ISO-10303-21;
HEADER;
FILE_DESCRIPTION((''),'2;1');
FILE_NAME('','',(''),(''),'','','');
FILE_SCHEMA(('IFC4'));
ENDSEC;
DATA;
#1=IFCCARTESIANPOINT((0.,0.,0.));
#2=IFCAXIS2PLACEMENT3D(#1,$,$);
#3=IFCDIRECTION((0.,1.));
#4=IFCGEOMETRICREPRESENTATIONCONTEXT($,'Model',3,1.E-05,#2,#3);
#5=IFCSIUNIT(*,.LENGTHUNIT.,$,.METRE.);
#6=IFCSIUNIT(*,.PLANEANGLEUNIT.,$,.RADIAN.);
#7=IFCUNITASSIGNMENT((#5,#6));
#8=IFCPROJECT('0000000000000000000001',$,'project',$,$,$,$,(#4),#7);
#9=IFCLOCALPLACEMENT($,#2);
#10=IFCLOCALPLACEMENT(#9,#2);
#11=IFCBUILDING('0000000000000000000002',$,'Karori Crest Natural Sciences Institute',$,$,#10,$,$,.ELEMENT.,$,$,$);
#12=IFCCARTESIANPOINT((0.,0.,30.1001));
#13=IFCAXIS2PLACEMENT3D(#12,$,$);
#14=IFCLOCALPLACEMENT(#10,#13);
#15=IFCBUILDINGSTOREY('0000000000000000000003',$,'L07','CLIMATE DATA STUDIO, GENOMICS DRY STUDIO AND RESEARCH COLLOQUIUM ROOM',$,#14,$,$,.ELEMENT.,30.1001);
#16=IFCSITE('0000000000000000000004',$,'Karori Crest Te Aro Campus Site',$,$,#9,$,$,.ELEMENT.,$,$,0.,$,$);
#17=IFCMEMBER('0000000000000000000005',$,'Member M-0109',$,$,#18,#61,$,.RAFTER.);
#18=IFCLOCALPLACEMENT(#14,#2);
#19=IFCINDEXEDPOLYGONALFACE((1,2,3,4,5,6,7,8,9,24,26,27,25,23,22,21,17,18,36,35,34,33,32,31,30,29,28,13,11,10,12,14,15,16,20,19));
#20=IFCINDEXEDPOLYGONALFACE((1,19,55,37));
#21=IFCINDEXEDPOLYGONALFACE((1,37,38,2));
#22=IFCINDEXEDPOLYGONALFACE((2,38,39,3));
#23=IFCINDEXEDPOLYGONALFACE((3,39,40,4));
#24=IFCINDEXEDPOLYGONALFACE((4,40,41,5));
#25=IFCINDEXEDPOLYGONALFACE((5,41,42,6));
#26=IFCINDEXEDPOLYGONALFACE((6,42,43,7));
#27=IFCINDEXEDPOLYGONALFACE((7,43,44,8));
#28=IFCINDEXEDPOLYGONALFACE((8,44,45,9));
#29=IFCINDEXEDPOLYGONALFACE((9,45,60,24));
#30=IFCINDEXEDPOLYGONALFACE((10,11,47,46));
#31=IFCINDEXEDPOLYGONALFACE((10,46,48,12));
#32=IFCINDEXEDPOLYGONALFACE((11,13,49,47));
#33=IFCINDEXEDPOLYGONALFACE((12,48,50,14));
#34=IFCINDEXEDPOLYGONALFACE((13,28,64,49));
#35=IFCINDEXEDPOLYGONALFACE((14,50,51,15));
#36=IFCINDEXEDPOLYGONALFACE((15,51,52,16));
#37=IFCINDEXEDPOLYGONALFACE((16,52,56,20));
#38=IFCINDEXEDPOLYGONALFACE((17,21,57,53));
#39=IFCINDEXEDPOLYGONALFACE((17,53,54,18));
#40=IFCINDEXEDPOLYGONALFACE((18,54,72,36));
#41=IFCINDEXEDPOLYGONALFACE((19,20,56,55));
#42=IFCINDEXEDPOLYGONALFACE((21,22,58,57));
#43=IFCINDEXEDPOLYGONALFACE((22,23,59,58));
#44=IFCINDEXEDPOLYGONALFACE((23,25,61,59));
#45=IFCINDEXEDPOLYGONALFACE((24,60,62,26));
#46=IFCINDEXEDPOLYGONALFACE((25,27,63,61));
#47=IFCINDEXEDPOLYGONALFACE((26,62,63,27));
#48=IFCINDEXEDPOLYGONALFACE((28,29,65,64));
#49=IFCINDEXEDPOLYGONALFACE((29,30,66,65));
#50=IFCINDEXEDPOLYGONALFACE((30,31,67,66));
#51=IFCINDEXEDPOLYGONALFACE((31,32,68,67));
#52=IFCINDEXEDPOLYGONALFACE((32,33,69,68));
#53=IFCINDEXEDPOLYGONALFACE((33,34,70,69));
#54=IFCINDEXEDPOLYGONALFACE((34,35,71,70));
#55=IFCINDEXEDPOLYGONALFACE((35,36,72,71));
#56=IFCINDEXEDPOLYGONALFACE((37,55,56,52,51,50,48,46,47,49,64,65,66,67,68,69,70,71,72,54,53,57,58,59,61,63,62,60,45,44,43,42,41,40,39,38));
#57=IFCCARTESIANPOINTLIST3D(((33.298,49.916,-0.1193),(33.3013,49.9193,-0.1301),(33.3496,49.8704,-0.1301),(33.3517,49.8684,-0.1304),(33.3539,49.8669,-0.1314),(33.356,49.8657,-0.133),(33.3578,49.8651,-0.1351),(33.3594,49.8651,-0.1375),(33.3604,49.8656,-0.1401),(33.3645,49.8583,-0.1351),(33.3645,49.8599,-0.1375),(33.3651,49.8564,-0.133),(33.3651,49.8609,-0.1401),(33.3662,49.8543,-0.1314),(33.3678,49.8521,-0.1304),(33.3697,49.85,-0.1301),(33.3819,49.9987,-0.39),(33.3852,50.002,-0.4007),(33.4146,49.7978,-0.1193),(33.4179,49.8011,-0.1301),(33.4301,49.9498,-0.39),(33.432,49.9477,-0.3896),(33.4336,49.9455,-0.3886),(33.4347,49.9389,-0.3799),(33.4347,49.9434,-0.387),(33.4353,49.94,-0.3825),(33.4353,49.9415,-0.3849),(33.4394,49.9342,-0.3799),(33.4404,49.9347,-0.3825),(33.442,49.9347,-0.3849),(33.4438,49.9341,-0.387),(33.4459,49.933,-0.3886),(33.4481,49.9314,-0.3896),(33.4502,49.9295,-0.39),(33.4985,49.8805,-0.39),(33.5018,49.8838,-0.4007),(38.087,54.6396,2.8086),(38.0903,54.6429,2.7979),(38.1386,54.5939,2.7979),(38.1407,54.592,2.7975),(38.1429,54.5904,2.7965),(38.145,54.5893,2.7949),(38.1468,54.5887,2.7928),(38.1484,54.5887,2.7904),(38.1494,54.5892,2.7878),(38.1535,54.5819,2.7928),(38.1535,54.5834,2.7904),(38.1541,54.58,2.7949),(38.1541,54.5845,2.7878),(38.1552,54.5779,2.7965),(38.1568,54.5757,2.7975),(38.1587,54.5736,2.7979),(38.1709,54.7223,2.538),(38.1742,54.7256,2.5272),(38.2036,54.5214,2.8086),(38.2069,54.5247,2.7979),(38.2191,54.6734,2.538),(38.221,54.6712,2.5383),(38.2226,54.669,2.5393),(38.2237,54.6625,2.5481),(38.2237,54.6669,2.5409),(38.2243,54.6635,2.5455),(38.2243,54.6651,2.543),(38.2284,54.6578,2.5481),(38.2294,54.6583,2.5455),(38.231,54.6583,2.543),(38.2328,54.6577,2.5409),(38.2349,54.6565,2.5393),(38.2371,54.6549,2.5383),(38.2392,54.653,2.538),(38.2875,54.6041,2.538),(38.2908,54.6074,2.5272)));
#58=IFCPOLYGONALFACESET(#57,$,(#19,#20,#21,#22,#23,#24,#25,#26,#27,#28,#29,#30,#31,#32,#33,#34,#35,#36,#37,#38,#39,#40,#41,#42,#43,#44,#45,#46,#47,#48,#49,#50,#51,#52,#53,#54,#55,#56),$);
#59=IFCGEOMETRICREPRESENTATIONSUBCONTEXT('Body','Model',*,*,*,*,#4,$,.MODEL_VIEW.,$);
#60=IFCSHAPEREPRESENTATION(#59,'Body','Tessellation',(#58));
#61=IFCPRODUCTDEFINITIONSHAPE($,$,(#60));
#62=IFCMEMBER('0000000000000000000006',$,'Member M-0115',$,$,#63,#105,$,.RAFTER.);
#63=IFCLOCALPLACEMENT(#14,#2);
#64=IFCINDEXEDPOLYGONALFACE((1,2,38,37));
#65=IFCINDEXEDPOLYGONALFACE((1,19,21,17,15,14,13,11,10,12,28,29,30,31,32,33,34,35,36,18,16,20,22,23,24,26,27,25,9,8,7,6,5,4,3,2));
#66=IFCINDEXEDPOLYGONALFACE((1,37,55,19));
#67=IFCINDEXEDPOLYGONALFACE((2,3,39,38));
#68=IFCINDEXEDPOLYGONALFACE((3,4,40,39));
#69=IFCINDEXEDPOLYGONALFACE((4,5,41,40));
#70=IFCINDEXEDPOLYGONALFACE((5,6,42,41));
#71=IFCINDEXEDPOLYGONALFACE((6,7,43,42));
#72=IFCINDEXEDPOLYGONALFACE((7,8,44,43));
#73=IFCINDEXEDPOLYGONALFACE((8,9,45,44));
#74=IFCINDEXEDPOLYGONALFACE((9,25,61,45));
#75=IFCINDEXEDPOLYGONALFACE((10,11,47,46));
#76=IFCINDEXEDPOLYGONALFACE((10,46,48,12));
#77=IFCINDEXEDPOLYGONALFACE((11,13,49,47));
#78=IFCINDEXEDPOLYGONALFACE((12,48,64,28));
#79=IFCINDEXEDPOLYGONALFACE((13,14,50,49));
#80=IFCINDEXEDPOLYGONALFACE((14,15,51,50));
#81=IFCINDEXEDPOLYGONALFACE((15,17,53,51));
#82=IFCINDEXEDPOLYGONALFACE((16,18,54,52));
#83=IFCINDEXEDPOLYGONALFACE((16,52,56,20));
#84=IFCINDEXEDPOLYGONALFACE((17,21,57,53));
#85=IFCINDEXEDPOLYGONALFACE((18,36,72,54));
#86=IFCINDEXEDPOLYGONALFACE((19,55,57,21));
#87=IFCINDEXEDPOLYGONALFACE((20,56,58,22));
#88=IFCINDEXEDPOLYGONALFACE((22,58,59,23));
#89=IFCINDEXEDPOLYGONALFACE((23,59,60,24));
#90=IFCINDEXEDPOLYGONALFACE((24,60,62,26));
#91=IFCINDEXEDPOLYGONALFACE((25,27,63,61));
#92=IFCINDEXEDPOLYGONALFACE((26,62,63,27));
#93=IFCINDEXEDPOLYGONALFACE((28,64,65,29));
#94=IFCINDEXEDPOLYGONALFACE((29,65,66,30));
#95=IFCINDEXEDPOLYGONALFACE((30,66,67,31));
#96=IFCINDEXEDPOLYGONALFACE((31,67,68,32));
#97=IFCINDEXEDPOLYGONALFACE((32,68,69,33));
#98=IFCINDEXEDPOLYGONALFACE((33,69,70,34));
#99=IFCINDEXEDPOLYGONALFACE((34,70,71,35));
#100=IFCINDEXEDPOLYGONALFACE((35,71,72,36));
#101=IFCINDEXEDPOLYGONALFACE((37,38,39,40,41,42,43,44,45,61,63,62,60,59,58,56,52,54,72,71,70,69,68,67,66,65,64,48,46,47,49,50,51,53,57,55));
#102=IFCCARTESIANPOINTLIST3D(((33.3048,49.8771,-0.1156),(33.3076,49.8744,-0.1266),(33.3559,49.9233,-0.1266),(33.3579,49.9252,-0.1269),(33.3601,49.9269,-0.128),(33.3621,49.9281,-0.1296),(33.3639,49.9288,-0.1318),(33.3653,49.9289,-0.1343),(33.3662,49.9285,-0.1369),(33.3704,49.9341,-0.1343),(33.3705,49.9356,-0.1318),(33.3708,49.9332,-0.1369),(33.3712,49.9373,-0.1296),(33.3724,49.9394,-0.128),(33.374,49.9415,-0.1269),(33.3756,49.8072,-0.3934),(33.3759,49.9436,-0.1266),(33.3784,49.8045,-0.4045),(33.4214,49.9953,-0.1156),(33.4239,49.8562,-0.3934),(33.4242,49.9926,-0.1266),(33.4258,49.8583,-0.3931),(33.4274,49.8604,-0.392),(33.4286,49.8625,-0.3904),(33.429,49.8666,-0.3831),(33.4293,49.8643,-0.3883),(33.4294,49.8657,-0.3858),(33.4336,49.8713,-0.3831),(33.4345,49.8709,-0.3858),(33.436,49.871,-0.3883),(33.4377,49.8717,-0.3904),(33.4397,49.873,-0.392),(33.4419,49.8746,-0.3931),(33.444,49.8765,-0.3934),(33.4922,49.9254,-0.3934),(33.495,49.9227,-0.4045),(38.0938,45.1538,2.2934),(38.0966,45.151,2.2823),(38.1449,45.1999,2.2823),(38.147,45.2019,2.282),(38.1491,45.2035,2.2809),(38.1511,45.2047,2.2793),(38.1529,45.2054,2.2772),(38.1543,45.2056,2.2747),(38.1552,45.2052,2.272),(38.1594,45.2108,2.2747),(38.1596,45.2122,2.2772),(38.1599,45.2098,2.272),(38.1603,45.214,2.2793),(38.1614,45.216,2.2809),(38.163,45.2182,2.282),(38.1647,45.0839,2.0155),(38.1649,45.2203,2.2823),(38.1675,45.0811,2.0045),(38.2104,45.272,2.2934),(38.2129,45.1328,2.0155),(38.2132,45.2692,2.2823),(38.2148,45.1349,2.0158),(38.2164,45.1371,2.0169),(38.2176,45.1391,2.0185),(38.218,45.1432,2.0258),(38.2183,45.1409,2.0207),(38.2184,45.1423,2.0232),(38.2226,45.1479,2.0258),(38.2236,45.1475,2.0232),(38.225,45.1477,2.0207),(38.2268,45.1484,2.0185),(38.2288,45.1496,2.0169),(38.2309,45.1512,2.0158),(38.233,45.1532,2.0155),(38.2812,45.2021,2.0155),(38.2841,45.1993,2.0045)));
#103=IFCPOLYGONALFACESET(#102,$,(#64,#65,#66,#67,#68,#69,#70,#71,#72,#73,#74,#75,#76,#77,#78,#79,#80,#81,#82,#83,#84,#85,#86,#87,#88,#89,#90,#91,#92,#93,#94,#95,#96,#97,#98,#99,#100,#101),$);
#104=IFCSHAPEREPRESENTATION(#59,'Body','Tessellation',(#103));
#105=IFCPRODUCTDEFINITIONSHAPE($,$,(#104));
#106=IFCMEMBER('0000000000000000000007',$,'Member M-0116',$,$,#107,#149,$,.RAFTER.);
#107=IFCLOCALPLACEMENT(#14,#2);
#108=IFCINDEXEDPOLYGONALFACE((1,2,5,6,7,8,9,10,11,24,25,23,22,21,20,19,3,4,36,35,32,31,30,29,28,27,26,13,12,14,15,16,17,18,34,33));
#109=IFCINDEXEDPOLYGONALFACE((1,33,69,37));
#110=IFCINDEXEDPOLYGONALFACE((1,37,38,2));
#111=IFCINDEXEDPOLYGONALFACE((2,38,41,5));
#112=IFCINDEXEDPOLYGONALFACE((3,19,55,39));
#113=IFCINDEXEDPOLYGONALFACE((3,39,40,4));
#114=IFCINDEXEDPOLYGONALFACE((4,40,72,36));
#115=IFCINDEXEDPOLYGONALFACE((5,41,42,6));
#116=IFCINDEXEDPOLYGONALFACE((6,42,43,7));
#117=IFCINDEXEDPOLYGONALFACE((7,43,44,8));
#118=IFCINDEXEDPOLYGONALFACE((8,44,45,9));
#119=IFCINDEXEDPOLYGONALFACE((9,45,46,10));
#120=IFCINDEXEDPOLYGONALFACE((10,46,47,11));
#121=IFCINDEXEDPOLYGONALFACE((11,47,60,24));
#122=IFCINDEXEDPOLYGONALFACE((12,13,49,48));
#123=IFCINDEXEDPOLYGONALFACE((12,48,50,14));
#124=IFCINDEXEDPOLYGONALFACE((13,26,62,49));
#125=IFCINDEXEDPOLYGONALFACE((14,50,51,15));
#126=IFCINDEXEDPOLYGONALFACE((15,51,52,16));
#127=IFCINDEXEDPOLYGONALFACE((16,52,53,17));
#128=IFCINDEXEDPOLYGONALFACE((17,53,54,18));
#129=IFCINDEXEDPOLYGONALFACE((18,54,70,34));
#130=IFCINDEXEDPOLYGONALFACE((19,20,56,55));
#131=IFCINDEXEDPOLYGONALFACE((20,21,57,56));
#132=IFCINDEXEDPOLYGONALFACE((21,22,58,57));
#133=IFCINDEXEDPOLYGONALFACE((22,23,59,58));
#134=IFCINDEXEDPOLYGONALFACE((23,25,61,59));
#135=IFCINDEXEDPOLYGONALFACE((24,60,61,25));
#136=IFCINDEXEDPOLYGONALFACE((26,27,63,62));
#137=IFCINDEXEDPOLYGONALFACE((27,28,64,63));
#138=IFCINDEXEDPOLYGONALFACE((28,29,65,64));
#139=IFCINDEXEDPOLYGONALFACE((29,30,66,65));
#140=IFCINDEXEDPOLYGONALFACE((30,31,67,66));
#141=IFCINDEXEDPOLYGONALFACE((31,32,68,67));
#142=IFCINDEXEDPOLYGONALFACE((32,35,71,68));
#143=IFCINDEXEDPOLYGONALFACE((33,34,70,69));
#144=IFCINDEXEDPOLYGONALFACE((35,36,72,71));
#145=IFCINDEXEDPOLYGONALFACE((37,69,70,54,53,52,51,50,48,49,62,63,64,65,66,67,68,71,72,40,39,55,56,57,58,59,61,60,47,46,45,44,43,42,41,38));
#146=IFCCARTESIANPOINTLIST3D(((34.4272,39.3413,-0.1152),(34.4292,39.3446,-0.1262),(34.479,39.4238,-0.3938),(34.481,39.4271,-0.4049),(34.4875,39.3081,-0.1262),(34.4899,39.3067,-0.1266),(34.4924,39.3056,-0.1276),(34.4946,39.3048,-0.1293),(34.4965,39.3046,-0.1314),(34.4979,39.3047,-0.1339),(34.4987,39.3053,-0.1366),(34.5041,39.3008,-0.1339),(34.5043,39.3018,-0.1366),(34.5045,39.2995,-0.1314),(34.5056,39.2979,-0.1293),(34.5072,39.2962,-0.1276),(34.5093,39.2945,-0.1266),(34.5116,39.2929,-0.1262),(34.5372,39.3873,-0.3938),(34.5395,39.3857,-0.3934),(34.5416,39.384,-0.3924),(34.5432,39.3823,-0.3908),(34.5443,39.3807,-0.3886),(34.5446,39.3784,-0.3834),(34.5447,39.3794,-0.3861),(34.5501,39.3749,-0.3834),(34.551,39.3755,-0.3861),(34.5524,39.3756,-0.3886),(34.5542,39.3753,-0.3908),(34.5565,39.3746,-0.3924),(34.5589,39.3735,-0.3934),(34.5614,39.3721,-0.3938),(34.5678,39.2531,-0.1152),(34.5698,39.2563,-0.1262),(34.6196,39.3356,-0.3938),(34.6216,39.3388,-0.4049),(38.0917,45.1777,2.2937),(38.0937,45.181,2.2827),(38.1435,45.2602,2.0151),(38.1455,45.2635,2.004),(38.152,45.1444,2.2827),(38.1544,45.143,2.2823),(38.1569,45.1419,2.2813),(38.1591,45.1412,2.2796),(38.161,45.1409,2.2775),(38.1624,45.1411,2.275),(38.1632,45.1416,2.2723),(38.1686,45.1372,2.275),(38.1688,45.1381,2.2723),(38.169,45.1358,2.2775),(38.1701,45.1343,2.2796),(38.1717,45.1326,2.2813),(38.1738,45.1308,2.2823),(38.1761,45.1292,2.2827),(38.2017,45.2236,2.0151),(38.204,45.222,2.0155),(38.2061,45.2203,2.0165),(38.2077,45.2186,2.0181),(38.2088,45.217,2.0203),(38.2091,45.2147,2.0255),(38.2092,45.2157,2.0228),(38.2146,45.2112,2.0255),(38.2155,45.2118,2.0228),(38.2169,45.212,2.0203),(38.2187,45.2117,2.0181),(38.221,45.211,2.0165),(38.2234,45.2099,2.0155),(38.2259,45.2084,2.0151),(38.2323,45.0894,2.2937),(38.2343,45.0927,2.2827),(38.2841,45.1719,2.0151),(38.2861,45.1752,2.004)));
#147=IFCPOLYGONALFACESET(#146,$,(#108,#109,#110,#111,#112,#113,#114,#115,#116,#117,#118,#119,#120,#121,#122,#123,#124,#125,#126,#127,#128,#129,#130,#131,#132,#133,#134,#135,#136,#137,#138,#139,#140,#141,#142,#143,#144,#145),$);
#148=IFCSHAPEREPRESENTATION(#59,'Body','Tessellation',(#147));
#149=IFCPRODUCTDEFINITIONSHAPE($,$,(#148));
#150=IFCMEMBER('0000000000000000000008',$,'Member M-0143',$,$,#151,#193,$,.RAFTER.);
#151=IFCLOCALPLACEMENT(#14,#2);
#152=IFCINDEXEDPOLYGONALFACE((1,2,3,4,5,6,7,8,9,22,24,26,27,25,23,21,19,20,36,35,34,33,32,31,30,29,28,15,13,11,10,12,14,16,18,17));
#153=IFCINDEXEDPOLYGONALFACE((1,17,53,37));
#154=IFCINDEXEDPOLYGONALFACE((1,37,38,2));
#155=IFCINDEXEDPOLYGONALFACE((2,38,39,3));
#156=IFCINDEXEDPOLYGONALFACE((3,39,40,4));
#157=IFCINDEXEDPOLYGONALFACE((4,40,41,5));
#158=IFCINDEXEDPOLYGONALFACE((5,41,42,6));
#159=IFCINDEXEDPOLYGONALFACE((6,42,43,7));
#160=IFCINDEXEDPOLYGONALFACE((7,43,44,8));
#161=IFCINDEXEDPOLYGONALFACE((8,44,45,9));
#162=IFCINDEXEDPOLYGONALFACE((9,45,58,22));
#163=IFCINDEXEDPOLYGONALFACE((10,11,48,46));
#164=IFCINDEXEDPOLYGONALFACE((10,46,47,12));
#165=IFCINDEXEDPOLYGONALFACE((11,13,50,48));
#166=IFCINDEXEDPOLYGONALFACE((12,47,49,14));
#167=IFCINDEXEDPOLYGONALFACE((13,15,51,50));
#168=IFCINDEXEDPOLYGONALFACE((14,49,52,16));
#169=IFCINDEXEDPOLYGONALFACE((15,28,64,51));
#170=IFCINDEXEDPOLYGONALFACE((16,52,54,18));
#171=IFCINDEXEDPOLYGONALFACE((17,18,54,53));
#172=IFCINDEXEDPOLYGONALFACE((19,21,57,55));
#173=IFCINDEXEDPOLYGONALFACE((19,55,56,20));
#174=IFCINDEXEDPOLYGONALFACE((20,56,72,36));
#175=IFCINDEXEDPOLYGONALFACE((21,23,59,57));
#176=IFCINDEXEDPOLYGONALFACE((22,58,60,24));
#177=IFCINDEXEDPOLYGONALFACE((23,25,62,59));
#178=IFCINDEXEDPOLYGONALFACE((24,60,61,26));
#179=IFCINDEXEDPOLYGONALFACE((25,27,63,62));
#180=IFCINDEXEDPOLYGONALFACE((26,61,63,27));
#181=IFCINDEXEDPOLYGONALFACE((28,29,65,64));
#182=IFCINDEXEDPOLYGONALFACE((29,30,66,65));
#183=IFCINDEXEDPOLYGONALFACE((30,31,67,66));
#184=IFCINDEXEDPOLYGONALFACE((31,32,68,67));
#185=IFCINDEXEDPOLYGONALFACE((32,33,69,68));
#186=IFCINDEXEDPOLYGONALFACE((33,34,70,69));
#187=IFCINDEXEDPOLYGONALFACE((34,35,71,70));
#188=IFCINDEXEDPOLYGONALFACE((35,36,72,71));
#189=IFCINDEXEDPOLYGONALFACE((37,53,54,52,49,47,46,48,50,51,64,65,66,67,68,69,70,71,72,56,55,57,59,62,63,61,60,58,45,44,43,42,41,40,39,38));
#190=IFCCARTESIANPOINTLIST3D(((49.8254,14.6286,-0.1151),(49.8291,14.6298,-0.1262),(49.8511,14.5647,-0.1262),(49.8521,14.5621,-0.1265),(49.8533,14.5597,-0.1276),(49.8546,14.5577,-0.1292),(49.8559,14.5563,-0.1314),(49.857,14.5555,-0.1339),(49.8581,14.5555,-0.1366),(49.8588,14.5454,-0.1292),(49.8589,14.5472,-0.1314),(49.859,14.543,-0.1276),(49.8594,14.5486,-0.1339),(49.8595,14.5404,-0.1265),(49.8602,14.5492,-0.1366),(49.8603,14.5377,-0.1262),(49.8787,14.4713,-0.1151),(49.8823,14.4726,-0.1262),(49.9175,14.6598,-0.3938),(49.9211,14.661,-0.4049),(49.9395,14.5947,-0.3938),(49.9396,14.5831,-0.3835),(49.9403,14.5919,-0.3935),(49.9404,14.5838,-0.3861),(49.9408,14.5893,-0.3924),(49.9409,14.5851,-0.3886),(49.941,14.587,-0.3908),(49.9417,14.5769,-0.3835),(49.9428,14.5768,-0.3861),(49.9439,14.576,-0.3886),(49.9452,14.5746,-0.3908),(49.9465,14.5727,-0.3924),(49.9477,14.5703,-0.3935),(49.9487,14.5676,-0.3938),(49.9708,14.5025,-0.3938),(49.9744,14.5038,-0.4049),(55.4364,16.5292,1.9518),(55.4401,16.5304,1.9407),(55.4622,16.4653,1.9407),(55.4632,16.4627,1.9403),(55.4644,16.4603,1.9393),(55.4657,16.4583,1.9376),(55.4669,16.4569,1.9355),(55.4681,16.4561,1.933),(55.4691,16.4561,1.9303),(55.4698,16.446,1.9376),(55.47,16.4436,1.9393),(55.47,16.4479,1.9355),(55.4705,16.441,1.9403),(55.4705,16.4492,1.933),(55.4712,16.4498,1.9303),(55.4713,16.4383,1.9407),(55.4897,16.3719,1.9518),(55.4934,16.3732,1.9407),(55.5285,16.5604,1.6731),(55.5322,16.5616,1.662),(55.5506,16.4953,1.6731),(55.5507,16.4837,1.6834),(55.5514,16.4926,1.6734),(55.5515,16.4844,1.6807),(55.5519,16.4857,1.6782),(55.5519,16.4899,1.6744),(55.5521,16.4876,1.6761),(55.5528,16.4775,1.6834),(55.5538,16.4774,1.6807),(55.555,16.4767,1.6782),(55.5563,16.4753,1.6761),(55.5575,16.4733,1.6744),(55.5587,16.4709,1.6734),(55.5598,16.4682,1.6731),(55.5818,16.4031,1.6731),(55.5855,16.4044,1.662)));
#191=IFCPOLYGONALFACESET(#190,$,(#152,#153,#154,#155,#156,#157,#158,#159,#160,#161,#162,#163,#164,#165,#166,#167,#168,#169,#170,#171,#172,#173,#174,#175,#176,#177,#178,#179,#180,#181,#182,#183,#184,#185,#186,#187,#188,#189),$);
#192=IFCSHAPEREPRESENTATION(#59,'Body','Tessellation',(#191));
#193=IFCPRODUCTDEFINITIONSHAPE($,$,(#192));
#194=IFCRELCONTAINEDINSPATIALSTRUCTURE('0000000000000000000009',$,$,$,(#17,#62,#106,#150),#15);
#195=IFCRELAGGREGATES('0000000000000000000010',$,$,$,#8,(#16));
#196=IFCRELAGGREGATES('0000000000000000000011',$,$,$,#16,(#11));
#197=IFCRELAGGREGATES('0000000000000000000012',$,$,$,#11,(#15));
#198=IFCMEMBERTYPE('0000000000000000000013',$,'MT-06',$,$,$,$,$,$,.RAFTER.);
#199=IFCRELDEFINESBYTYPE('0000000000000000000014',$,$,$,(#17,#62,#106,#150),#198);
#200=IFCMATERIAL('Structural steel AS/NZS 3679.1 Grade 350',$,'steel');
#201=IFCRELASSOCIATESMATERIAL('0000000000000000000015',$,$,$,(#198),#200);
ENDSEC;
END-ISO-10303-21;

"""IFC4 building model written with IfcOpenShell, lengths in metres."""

from ifc_helpers import new_model, si_unit, direction, frame, origin, origin_2d, place, context, subcontext, project, spatial, i_section, extrude, material, material_profile, profile_set, type_object, element, save


model = new_model("IFC4")

# Units and contexts
model_context = context("Model", 3, precision=1e-05, world=origin(), true_north=direction((0.0, 1.0)))
body_context = subcontext(model_context, "Body", "Model", "MODEL_VIEW")
ifc_project = project(units=[si_unit("LENGTHUNIT", "METRE"), si_unit("PLANEANGLEUNIT", "RADIAN")], contexts=[model_context])

# Site, building, storey
site_placement = place(None, origin())
site = spatial("IfcSite", under=ifc_project, at=site_placement, Name="Karori Crest Te Aro Campus Site", CompositionType="ELEMENT", RefElevation=0.0)
building_placement = place(site_placement, origin())
building = spatial("IfcBuilding", under=site, at=building_placement, Name="Karori Crest Natural Sciences Institute", CompositionType="ELEMENT")
storey_placement = place(building_placement, frame((0.0, 0.0, 30.1001)))
storey = spatial("IfcBuildingStorey", under=building, at=storey_placement, Name="L07", Description="CLIMATE DATA STUDIO, GENOMICS DRY STUDIO AND RESEARCH COLLOQUIUM ROOM", CompositionType="ELEMENT", Elevation=30.1001)

# Members
ifc_material_1 = material(Name="Structural steel AS/NZS 3679.1 Grade 350", Category="steel")
ifc_material_profile_1 = material_profile(ifc_material_1, i_section(OverallWidth=0.166, OverallDepth=0.3069, WebThickness=0.0066, FlangeThickness=0.0117, FilletRadius=0.011, at=origin_2d()), Name="310UB46.2")
ifc_profile_set_1 = profile_set([ifc_material_profile_1], Name="Structural steel AS/NZS 3679.1 Grade 350")
member_type_1 = type_object("IfcMemberType", Name="MT-06", PredefinedType="RAFTER", material=ifc_profile_set_1)
member_1_placement = place(storey_placement, frame((33.3999, 49.8999, -0.26), z_axis=(0.652792, 0.643874, 0.39911), x_axis=(-0.702227, 0.711954, 0.0)))
element("IfcMember", 1, at=member_1_placement, inside=storey, type_object=member_type_1, Name="Member M-0109", PredefinedType="RAFTER", context=body_context, shape_type="SweptSolid", body=[
    extrude(i_section(OverallWidth=0.166, OverallDepth=0.3069, WebThickness=0.0066, FlangeThickness=0.0117, FilletRadius=0.011, at=origin_2d()), origin(), (0.0, 0.0, 1.0), 7.3362),
])
member_2_placement = place(storey_placement, frame((33.3999, 49.8999, -0.26), z_axis=(0.670284, -0.661093, 0.337158), x_axis=(0.702208, 0.711972, 0.0)))
element("IfcMember", 2, at=member_2_placement, inside=storey, type_object=member_type_1, Name="Member M-0115", PredefinedType="RAFTER", context=body_context, shape_type="SweptSolid", body=[
    extrude(i_section(OverallWidth=0.166, OverallDepth=0.3069, WebThickness=0.0066, FlangeThickness=0.0117, FilletRadius=0.011, at=origin_2d()), origin(), (0.0, 0.0, 1.0), 7.1448),
])
member_3_placement = place(storey_placement, frame((34.5244, 39.3401, -0.26), z_axis=(0.501966, 0.799467, 0.329973), x_axis=(-0.846902, 0.531749, 0.0)))
element("IfcMember", 3, at=member_3_placement, inside=storey, type_object=member_type_1, Name="Member M-0116", PredefinedType="RAFTER", context=body_context, shape_type="SweptSolid", body=[
    extrude(i_section(OverallWidth=0.166, OverallDepth=0.3069, WebThickness=0.0066, FlangeThickness=0.0117, FilletRadius=0.011, at=origin_2d()), origin(), (0.0, 0.0, 1.0), 7.3003),
])
member_4_placement = place(storey_placement, frame((49.8999, 14.5662, -0.26), z_axis=(0.894275, 0.302917, 0.329414), x_axis=(-0.320823, 0.947139, 0.0)))
element("IfcMember", 4, at=member_4_placement, inside=storey, type_object=member_type_1, Name="Member M-0143", PredefinedType="RAFTER", context=body_context, shape_type="SweptSolid", body=[
    extrude(i_section(OverallWidth=0.166, OverallDepth=0.3069, WebThickness=0.0066, FlangeThickness=0.0117, FilletRadius=0.011, at=origin_2d()), origin(), (0.0, 0.0, 1.0), 6.2744),
])

save(model, "model.ifc")
